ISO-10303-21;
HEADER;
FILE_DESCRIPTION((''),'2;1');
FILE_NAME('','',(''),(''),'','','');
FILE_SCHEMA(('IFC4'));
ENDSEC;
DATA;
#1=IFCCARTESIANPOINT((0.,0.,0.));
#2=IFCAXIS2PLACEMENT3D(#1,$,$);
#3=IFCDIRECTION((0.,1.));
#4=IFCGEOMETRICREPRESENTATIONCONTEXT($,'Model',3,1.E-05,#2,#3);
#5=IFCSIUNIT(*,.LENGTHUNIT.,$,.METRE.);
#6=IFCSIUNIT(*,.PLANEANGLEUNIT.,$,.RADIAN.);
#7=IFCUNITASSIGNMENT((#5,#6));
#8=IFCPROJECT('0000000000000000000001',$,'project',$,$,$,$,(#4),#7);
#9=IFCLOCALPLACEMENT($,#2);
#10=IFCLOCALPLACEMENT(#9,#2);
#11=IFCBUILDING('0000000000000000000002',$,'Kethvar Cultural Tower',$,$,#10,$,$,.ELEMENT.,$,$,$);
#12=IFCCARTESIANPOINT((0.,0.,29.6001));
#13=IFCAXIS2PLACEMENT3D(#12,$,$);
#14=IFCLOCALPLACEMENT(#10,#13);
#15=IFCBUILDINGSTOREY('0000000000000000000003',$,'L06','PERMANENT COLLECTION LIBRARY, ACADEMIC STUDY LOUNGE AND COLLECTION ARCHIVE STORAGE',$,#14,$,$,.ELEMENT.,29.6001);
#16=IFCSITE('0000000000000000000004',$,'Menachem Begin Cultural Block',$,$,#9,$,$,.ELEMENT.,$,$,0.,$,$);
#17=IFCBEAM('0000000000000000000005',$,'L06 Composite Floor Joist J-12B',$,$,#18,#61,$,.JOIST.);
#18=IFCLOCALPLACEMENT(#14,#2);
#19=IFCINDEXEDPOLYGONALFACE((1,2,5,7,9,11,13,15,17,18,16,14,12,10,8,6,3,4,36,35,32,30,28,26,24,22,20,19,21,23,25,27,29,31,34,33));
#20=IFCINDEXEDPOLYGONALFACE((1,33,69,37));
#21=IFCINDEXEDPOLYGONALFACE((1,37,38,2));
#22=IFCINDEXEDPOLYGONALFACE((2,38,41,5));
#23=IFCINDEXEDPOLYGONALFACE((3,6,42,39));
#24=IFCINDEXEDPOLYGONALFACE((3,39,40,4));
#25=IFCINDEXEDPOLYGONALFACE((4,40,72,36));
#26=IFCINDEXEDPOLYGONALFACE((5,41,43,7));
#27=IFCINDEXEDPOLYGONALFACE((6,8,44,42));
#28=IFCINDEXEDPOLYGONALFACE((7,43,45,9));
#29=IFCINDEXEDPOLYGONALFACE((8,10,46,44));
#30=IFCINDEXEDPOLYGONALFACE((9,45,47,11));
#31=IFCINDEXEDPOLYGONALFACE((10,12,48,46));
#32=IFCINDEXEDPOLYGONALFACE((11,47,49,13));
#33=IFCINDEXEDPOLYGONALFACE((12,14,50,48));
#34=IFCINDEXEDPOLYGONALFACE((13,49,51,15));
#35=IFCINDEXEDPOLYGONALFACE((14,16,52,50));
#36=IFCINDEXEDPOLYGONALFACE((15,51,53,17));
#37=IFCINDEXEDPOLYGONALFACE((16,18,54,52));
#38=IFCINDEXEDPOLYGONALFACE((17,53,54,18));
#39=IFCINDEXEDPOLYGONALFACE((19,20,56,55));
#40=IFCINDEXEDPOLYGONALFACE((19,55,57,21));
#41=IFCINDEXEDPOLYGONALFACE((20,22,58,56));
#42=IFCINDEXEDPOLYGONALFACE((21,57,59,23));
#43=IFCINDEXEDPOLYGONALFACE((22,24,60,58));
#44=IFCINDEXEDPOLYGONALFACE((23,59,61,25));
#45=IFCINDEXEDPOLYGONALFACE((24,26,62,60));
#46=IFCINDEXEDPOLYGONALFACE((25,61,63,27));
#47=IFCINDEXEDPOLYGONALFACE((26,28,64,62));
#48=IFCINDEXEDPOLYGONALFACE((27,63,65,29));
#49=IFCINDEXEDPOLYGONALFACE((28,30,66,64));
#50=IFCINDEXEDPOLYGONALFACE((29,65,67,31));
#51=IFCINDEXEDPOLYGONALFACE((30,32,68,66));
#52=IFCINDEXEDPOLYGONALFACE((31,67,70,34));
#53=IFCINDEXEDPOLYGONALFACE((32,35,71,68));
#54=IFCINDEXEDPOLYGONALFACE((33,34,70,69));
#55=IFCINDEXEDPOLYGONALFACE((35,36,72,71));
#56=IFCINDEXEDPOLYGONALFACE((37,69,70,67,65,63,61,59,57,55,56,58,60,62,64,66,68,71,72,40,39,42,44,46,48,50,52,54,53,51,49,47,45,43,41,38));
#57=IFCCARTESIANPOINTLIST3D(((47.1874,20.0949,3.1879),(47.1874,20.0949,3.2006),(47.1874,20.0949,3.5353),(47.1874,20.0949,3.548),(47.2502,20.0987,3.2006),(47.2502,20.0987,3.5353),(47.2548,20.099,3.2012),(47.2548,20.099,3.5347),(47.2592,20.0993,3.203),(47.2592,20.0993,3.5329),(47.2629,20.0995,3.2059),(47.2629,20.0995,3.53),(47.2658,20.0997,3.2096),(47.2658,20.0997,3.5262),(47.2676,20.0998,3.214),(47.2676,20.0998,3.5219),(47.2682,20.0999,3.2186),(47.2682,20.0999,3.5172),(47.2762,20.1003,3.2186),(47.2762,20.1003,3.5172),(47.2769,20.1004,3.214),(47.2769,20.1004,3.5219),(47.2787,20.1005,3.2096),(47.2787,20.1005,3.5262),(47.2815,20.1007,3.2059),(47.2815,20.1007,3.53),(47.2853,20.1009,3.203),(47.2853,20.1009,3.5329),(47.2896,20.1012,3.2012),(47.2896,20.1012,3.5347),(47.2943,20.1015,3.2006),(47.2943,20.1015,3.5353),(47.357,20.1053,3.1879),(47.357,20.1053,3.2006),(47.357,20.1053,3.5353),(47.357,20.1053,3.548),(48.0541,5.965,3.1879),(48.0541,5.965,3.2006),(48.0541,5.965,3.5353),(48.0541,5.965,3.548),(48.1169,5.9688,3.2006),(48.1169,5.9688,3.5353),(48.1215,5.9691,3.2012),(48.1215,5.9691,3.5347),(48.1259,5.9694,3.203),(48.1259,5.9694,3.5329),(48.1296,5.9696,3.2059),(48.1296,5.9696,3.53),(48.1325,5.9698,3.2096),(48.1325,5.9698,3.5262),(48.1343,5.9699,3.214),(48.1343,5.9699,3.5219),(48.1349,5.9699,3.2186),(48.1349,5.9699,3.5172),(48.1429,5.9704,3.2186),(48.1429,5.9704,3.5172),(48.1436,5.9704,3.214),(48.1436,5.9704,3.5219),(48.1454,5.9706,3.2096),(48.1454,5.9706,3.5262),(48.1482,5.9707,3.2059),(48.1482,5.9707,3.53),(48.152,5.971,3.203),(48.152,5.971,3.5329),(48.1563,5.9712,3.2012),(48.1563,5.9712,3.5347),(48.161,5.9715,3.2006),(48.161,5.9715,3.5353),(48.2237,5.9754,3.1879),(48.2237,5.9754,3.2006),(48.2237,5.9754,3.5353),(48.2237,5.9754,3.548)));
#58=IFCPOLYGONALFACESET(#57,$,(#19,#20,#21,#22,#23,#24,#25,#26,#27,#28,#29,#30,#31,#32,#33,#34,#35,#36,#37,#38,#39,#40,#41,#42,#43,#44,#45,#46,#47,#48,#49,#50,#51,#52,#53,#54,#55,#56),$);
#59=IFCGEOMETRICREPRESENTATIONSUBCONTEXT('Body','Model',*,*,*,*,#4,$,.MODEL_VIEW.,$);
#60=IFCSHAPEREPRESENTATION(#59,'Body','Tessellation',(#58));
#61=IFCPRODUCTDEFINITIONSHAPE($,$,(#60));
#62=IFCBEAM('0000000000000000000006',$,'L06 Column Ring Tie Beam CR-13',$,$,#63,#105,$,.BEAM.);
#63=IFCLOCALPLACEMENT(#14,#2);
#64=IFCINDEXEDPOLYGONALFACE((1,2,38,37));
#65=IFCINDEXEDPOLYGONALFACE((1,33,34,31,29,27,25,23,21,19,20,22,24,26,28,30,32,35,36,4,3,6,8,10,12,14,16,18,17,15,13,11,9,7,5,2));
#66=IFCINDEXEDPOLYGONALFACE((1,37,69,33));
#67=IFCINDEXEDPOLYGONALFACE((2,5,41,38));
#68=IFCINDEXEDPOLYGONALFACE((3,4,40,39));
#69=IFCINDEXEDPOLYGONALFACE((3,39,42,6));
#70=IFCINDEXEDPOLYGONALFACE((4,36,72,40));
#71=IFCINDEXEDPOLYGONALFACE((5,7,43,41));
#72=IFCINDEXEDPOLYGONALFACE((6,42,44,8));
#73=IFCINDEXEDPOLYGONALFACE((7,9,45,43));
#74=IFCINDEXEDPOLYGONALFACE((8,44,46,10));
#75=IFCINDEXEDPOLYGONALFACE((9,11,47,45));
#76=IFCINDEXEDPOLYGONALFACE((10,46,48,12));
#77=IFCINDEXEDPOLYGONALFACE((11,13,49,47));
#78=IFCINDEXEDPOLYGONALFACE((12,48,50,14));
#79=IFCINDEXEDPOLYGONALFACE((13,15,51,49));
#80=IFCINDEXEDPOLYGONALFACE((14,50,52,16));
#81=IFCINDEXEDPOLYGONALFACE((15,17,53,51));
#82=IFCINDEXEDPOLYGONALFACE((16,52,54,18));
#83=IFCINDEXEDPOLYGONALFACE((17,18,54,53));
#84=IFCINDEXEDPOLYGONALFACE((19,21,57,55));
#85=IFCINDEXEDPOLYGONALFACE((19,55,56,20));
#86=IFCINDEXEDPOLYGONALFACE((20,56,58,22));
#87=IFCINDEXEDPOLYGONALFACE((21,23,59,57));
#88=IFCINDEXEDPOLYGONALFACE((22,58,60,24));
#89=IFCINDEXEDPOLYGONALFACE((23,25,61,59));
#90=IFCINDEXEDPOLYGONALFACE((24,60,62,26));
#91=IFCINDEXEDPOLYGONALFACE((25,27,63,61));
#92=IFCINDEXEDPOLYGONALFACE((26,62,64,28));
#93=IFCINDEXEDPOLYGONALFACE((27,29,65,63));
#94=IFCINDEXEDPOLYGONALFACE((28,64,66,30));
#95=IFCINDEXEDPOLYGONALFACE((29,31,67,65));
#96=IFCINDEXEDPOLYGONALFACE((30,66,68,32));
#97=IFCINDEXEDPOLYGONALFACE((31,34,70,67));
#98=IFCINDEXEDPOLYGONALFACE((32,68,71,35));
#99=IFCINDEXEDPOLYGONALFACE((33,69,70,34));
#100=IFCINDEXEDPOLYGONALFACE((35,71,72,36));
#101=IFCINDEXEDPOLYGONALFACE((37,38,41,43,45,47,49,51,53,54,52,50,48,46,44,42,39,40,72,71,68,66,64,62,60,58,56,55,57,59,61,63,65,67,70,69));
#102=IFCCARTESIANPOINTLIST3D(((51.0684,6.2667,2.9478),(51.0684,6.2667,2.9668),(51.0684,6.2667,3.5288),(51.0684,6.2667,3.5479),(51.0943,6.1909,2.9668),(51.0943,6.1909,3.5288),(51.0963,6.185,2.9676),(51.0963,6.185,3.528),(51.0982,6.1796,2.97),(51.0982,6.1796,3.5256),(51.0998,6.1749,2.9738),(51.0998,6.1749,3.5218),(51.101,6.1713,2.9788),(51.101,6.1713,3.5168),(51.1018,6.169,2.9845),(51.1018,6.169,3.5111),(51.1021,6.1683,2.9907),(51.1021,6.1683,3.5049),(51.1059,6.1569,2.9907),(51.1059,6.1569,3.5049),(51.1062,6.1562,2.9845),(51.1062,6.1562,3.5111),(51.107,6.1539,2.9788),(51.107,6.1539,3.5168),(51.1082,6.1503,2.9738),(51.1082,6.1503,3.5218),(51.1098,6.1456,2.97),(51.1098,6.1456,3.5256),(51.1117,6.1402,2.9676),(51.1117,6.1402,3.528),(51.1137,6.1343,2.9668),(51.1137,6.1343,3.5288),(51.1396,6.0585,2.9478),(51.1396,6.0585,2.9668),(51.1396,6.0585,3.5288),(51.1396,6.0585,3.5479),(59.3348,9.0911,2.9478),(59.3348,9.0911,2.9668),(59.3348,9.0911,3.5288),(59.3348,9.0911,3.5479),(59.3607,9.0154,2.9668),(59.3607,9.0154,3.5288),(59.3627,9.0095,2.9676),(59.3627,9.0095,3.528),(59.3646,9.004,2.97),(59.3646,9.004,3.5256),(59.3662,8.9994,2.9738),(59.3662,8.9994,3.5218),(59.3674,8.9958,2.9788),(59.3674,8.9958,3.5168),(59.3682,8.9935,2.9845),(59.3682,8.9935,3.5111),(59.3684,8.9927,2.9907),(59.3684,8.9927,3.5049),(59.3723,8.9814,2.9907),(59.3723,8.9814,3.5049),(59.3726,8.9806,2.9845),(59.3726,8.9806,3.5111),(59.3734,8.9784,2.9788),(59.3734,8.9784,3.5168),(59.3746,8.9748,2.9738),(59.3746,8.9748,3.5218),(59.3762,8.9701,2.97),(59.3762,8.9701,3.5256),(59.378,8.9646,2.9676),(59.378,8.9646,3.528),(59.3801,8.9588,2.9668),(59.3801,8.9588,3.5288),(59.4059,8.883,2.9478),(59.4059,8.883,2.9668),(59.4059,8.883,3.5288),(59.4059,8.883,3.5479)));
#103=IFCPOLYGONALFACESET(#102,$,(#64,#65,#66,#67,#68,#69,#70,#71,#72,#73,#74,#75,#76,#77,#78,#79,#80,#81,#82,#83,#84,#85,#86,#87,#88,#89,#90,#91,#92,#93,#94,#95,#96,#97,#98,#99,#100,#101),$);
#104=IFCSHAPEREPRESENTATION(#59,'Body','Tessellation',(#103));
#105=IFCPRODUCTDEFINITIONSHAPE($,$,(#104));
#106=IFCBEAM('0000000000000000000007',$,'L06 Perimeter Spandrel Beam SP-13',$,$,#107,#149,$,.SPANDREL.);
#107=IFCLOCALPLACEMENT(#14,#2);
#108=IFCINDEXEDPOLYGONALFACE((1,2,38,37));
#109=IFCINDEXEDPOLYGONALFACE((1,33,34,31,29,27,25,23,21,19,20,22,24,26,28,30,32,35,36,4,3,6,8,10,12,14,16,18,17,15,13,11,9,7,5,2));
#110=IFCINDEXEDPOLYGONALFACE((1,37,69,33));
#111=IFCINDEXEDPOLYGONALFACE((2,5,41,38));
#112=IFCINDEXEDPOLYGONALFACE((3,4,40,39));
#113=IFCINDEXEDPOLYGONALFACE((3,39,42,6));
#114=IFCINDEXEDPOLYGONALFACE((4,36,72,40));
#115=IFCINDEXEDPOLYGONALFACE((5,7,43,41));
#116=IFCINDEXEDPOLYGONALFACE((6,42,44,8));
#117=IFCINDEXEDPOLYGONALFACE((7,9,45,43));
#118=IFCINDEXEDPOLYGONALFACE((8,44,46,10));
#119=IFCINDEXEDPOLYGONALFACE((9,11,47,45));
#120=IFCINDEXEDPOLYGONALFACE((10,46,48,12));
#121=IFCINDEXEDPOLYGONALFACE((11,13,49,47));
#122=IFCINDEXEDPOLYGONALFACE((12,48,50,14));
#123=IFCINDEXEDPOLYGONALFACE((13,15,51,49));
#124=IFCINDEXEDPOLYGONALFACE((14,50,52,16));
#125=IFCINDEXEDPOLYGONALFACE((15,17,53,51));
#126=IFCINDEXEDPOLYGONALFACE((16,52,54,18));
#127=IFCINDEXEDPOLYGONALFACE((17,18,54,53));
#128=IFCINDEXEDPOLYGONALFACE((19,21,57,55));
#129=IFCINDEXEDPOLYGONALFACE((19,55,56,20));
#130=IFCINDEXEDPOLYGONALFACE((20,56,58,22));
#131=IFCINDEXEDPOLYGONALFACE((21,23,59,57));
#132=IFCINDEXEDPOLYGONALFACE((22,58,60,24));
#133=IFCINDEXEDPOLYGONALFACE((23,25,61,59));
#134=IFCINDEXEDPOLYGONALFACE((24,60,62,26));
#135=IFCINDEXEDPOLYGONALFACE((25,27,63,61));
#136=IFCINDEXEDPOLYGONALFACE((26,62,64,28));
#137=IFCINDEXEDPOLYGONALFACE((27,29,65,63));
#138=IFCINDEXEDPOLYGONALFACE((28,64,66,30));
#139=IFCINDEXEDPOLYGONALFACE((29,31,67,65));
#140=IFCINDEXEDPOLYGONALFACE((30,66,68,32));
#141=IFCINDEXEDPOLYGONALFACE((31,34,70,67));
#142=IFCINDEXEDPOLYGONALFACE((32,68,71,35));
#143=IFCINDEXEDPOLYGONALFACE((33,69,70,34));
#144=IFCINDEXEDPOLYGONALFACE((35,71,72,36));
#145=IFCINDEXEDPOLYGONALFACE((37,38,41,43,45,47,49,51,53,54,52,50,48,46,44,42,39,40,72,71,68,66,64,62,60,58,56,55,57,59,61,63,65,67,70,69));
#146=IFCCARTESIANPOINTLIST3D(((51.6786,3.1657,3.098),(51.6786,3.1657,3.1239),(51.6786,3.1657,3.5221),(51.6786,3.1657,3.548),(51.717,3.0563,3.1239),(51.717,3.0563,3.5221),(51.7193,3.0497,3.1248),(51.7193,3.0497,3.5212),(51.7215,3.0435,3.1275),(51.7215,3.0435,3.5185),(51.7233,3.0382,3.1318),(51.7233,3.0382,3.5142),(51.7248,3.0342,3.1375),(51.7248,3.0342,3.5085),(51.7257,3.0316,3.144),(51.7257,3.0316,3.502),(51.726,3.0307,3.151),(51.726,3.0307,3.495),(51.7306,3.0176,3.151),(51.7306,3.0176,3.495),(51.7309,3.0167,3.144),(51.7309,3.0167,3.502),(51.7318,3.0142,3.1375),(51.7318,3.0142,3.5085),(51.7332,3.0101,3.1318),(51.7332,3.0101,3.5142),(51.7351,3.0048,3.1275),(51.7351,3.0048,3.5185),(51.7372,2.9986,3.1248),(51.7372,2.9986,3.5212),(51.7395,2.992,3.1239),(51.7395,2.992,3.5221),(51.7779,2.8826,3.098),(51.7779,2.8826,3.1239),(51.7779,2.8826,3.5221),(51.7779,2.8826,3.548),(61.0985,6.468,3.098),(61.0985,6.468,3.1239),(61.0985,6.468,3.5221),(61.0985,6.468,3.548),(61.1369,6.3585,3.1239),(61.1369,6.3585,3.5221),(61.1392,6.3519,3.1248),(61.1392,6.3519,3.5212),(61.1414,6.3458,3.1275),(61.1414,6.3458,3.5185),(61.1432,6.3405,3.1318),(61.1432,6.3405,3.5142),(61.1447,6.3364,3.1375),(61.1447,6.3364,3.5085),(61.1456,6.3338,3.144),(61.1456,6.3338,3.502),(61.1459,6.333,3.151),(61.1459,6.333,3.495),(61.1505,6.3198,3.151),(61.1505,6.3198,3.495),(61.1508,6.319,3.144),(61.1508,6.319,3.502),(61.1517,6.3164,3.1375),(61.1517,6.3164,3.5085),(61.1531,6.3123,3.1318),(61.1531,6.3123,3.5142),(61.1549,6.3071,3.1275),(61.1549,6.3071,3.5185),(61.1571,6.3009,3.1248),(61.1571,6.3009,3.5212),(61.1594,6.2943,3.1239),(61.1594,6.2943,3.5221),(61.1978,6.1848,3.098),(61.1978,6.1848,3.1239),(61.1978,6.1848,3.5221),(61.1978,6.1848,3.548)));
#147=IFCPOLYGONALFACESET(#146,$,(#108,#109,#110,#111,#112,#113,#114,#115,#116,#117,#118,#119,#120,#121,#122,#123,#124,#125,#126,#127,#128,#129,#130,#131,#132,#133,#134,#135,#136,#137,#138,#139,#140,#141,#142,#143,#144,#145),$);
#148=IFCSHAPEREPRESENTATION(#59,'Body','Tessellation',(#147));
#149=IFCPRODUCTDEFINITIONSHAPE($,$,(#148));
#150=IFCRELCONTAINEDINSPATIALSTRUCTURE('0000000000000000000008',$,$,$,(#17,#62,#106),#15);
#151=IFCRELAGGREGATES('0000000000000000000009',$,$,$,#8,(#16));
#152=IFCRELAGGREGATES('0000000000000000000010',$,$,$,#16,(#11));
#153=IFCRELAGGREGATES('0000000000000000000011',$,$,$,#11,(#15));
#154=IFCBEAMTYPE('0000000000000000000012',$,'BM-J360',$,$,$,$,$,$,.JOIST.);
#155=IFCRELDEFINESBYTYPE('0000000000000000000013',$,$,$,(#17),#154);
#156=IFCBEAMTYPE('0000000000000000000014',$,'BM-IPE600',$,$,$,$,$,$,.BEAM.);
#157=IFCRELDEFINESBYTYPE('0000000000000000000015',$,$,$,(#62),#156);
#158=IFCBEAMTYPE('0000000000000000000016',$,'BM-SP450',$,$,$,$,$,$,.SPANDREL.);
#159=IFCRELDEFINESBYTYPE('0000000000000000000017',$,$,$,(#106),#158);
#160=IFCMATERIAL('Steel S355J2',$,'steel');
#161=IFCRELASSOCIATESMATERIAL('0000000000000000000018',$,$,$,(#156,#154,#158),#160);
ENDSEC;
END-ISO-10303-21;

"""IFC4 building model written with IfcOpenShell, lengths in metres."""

from ifc_helpers import new_model, si_unit, direction, frame, origin, origin_2d, place, context, subcontext, project, spatial, i_section, extrude, source, transform, mapped, material, material_profile, profile_set, type_object, element, save


model = new_model("IFC4")

# Units and contexts
model_context = context("Model", 3, precision=1e-05, world=origin(), true_north=direction((0.0, 1.0)))
body_context = subcontext(model_context, "Body", "Model", "MODEL_VIEW")
ifc_project = project(units=[si_unit("LENGTHUNIT", "METRE"), si_unit("PLANEANGLEUNIT", "RADIAN")], contexts=[model_context])

# Site, building, storey
site_placement = place(None, origin())
site = spatial("IfcSite", under=ifc_project, at=site_placement, Name="Menachem Begin Cultural Block", CompositionType="ELEMENT", RefElevation=0.0)
building_placement = place(site_placement, origin())
building = spatial("IfcBuilding", under=site, at=building_placement, Name="Kethvar Cultural Tower", CompositionType="ELEMENT")
storey_placement = place(building_placement, frame((0.0, 0.0, 29.6001)))
storey = spatial("IfcBuildingStorey", under=building, at=storey_placement, Name="L06", Description="PERMANENT COLLECTION LIBRARY, ACADEMIC STUDY LOUNGE AND COLLECTION ARCHIVE STORAGE", CompositionType="ELEMENT", Elevation=29.6001)

# Beams
ifc_material_1 = material(Name="Steel S355J2", Category="steel")
ifc_material_profile_1 = material_profile(ifc_material_1, i_section(OverallWidth=0.22, OverallDepth=0.6001, WebThickness=0.012, FlangeThickness=0.019, FilletRadius=0.0239, at=origin_2d()), Name="Steel S355J2 — IPE600")
ifc_profile_set_1 = profile_set([ifc_material_profile_1], Name="Steel S355J2 — IPE600")
beam_type_1 = type_object("IfcBeamType", Name="BM-IPE600", PredefinedType="BEAM", material=ifc_profile_set_1)
ifc_material_profile_2 = material_profile(ifc_material_1, i_section(OverallWidth=0.1699, OverallDepth=0.3601, WebThickness=0.0081, FlangeThickness=0.0127, FilletRadius=0.0181, at=origin_2d()), Name="Steel S355J2 — IPE360")
ifc_profile_set_2 = profile_set([ifc_material_profile_2], Name="Steel S355J2 — IPE360")
beam_type_2 = type_object("IfcBeamType", Name="BM-J360", PredefinedType="JOIST", material=ifc_profile_set_2)
shared_shape_1 = source(origin(), body_context, "Body", "SweptSolid", [
    extrude(i_section(OverallWidth=0.1699, OverallDepth=0.3601, WebThickness=0.0081, FlangeThickness=0.0127, FilletRadius=0.0181, at=origin_2d()), origin(), (0.0, 0.0, 1.0), 14.1565),
])
beam_1_placement = place(storey_placement, frame((47.2722, 20.1001, 3.3679), z_axis=(0.061223, -0.998124, 0.0), x_axis=(0.998124, 0.061223, 0.0)))
element("IfcBeam", 1, at=beam_1_placement, inside=storey, type_object=beam_type_2, Name="L06 Composite Floor Joist J-12B", PredefinedType="JOIST", context=body_context, shape_type="MappedRepresentation", body=[
    mapped(shared_shape_1, transform((0.0, 0.0, 0.0), scale=1.0)),
])
shared_shape_2 = source(origin(), body_context, "Body", "SweptSolid", [
    extrude(i_section(OverallWidth=0.22, OverallDepth=0.6001, WebThickness=0.012, FlangeThickness=0.019, FilletRadius=0.0239, at=origin_2d()), origin(), (0.0, 0.0, 1.0), 8.7356),
])
beam_2_placement = place(storey_placement, frame((51.104, 6.1626, 3.2478), z_axis=(0.946287, 0.323329, 0.0), x_axis=(-0.323329, 0.946287, 0.0)))
element("IfcBeam", 2, at=beam_2_placement, inside=storey, type_object=beam_type_1, Name="L06 Column Ring Tie Beam CR-13", PredefinedType="BEAM", context=body_context, shape_type="MappedRepresentation", body=[
    mapped(shared_shape_2, transform((0.0, 0.0, 0.0), scale=1.0)),
])
ifc_material_profile_3 = material_profile(ifc_material_1, i_section(OverallWidth=0.3, OverallDepth=0.45, WebThickness=0.0139, FlangeThickness=0.0259, FilletRadius=0.0271, at=origin_2d()), Name="Steel S355J2 — HEB450")
ifc_profile_set_3 = profile_set([ifc_material_profile_3], Name="Steel S355J2 — HEB450")
beam_type_3 = type_object("IfcBeamType", Name="BM-SP450", PredefinedType="SPANDREL", material=ifc_profile_set_3)
shared_shape_3 = source(origin(), body_context, "Body", "SweptSolid", [
    extrude(i_section(OverallWidth=0.3, OverallDepth=0.45, WebThickness=0.0139, FlangeThickness=0.0259, FilletRadius=0.0271, at=origin_2d()), origin(), (0.0, 0.0, 1.0), 9.9819),
])
beam_3_placement = place(storey_placement, frame((51.7283, 3.0242, 3.323), z_axis=(0.943694, 0.330821, 0.0), x_axis=(-0.330821, 0.943694, 0.0)))
element("IfcBeam", 3, at=beam_3_placement, inside=storey, type_object=beam_type_3, Name="L06 Perimeter Spandrel Beam SP-13", PredefinedType="SPANDREL", context=body_context, shape_type="MappedRepresentation", body=[
    mapped(shared_shape_3, transform((0.0, 0.0, 0.0), scale=1.0)),
])

save(model, "model.ifc")
